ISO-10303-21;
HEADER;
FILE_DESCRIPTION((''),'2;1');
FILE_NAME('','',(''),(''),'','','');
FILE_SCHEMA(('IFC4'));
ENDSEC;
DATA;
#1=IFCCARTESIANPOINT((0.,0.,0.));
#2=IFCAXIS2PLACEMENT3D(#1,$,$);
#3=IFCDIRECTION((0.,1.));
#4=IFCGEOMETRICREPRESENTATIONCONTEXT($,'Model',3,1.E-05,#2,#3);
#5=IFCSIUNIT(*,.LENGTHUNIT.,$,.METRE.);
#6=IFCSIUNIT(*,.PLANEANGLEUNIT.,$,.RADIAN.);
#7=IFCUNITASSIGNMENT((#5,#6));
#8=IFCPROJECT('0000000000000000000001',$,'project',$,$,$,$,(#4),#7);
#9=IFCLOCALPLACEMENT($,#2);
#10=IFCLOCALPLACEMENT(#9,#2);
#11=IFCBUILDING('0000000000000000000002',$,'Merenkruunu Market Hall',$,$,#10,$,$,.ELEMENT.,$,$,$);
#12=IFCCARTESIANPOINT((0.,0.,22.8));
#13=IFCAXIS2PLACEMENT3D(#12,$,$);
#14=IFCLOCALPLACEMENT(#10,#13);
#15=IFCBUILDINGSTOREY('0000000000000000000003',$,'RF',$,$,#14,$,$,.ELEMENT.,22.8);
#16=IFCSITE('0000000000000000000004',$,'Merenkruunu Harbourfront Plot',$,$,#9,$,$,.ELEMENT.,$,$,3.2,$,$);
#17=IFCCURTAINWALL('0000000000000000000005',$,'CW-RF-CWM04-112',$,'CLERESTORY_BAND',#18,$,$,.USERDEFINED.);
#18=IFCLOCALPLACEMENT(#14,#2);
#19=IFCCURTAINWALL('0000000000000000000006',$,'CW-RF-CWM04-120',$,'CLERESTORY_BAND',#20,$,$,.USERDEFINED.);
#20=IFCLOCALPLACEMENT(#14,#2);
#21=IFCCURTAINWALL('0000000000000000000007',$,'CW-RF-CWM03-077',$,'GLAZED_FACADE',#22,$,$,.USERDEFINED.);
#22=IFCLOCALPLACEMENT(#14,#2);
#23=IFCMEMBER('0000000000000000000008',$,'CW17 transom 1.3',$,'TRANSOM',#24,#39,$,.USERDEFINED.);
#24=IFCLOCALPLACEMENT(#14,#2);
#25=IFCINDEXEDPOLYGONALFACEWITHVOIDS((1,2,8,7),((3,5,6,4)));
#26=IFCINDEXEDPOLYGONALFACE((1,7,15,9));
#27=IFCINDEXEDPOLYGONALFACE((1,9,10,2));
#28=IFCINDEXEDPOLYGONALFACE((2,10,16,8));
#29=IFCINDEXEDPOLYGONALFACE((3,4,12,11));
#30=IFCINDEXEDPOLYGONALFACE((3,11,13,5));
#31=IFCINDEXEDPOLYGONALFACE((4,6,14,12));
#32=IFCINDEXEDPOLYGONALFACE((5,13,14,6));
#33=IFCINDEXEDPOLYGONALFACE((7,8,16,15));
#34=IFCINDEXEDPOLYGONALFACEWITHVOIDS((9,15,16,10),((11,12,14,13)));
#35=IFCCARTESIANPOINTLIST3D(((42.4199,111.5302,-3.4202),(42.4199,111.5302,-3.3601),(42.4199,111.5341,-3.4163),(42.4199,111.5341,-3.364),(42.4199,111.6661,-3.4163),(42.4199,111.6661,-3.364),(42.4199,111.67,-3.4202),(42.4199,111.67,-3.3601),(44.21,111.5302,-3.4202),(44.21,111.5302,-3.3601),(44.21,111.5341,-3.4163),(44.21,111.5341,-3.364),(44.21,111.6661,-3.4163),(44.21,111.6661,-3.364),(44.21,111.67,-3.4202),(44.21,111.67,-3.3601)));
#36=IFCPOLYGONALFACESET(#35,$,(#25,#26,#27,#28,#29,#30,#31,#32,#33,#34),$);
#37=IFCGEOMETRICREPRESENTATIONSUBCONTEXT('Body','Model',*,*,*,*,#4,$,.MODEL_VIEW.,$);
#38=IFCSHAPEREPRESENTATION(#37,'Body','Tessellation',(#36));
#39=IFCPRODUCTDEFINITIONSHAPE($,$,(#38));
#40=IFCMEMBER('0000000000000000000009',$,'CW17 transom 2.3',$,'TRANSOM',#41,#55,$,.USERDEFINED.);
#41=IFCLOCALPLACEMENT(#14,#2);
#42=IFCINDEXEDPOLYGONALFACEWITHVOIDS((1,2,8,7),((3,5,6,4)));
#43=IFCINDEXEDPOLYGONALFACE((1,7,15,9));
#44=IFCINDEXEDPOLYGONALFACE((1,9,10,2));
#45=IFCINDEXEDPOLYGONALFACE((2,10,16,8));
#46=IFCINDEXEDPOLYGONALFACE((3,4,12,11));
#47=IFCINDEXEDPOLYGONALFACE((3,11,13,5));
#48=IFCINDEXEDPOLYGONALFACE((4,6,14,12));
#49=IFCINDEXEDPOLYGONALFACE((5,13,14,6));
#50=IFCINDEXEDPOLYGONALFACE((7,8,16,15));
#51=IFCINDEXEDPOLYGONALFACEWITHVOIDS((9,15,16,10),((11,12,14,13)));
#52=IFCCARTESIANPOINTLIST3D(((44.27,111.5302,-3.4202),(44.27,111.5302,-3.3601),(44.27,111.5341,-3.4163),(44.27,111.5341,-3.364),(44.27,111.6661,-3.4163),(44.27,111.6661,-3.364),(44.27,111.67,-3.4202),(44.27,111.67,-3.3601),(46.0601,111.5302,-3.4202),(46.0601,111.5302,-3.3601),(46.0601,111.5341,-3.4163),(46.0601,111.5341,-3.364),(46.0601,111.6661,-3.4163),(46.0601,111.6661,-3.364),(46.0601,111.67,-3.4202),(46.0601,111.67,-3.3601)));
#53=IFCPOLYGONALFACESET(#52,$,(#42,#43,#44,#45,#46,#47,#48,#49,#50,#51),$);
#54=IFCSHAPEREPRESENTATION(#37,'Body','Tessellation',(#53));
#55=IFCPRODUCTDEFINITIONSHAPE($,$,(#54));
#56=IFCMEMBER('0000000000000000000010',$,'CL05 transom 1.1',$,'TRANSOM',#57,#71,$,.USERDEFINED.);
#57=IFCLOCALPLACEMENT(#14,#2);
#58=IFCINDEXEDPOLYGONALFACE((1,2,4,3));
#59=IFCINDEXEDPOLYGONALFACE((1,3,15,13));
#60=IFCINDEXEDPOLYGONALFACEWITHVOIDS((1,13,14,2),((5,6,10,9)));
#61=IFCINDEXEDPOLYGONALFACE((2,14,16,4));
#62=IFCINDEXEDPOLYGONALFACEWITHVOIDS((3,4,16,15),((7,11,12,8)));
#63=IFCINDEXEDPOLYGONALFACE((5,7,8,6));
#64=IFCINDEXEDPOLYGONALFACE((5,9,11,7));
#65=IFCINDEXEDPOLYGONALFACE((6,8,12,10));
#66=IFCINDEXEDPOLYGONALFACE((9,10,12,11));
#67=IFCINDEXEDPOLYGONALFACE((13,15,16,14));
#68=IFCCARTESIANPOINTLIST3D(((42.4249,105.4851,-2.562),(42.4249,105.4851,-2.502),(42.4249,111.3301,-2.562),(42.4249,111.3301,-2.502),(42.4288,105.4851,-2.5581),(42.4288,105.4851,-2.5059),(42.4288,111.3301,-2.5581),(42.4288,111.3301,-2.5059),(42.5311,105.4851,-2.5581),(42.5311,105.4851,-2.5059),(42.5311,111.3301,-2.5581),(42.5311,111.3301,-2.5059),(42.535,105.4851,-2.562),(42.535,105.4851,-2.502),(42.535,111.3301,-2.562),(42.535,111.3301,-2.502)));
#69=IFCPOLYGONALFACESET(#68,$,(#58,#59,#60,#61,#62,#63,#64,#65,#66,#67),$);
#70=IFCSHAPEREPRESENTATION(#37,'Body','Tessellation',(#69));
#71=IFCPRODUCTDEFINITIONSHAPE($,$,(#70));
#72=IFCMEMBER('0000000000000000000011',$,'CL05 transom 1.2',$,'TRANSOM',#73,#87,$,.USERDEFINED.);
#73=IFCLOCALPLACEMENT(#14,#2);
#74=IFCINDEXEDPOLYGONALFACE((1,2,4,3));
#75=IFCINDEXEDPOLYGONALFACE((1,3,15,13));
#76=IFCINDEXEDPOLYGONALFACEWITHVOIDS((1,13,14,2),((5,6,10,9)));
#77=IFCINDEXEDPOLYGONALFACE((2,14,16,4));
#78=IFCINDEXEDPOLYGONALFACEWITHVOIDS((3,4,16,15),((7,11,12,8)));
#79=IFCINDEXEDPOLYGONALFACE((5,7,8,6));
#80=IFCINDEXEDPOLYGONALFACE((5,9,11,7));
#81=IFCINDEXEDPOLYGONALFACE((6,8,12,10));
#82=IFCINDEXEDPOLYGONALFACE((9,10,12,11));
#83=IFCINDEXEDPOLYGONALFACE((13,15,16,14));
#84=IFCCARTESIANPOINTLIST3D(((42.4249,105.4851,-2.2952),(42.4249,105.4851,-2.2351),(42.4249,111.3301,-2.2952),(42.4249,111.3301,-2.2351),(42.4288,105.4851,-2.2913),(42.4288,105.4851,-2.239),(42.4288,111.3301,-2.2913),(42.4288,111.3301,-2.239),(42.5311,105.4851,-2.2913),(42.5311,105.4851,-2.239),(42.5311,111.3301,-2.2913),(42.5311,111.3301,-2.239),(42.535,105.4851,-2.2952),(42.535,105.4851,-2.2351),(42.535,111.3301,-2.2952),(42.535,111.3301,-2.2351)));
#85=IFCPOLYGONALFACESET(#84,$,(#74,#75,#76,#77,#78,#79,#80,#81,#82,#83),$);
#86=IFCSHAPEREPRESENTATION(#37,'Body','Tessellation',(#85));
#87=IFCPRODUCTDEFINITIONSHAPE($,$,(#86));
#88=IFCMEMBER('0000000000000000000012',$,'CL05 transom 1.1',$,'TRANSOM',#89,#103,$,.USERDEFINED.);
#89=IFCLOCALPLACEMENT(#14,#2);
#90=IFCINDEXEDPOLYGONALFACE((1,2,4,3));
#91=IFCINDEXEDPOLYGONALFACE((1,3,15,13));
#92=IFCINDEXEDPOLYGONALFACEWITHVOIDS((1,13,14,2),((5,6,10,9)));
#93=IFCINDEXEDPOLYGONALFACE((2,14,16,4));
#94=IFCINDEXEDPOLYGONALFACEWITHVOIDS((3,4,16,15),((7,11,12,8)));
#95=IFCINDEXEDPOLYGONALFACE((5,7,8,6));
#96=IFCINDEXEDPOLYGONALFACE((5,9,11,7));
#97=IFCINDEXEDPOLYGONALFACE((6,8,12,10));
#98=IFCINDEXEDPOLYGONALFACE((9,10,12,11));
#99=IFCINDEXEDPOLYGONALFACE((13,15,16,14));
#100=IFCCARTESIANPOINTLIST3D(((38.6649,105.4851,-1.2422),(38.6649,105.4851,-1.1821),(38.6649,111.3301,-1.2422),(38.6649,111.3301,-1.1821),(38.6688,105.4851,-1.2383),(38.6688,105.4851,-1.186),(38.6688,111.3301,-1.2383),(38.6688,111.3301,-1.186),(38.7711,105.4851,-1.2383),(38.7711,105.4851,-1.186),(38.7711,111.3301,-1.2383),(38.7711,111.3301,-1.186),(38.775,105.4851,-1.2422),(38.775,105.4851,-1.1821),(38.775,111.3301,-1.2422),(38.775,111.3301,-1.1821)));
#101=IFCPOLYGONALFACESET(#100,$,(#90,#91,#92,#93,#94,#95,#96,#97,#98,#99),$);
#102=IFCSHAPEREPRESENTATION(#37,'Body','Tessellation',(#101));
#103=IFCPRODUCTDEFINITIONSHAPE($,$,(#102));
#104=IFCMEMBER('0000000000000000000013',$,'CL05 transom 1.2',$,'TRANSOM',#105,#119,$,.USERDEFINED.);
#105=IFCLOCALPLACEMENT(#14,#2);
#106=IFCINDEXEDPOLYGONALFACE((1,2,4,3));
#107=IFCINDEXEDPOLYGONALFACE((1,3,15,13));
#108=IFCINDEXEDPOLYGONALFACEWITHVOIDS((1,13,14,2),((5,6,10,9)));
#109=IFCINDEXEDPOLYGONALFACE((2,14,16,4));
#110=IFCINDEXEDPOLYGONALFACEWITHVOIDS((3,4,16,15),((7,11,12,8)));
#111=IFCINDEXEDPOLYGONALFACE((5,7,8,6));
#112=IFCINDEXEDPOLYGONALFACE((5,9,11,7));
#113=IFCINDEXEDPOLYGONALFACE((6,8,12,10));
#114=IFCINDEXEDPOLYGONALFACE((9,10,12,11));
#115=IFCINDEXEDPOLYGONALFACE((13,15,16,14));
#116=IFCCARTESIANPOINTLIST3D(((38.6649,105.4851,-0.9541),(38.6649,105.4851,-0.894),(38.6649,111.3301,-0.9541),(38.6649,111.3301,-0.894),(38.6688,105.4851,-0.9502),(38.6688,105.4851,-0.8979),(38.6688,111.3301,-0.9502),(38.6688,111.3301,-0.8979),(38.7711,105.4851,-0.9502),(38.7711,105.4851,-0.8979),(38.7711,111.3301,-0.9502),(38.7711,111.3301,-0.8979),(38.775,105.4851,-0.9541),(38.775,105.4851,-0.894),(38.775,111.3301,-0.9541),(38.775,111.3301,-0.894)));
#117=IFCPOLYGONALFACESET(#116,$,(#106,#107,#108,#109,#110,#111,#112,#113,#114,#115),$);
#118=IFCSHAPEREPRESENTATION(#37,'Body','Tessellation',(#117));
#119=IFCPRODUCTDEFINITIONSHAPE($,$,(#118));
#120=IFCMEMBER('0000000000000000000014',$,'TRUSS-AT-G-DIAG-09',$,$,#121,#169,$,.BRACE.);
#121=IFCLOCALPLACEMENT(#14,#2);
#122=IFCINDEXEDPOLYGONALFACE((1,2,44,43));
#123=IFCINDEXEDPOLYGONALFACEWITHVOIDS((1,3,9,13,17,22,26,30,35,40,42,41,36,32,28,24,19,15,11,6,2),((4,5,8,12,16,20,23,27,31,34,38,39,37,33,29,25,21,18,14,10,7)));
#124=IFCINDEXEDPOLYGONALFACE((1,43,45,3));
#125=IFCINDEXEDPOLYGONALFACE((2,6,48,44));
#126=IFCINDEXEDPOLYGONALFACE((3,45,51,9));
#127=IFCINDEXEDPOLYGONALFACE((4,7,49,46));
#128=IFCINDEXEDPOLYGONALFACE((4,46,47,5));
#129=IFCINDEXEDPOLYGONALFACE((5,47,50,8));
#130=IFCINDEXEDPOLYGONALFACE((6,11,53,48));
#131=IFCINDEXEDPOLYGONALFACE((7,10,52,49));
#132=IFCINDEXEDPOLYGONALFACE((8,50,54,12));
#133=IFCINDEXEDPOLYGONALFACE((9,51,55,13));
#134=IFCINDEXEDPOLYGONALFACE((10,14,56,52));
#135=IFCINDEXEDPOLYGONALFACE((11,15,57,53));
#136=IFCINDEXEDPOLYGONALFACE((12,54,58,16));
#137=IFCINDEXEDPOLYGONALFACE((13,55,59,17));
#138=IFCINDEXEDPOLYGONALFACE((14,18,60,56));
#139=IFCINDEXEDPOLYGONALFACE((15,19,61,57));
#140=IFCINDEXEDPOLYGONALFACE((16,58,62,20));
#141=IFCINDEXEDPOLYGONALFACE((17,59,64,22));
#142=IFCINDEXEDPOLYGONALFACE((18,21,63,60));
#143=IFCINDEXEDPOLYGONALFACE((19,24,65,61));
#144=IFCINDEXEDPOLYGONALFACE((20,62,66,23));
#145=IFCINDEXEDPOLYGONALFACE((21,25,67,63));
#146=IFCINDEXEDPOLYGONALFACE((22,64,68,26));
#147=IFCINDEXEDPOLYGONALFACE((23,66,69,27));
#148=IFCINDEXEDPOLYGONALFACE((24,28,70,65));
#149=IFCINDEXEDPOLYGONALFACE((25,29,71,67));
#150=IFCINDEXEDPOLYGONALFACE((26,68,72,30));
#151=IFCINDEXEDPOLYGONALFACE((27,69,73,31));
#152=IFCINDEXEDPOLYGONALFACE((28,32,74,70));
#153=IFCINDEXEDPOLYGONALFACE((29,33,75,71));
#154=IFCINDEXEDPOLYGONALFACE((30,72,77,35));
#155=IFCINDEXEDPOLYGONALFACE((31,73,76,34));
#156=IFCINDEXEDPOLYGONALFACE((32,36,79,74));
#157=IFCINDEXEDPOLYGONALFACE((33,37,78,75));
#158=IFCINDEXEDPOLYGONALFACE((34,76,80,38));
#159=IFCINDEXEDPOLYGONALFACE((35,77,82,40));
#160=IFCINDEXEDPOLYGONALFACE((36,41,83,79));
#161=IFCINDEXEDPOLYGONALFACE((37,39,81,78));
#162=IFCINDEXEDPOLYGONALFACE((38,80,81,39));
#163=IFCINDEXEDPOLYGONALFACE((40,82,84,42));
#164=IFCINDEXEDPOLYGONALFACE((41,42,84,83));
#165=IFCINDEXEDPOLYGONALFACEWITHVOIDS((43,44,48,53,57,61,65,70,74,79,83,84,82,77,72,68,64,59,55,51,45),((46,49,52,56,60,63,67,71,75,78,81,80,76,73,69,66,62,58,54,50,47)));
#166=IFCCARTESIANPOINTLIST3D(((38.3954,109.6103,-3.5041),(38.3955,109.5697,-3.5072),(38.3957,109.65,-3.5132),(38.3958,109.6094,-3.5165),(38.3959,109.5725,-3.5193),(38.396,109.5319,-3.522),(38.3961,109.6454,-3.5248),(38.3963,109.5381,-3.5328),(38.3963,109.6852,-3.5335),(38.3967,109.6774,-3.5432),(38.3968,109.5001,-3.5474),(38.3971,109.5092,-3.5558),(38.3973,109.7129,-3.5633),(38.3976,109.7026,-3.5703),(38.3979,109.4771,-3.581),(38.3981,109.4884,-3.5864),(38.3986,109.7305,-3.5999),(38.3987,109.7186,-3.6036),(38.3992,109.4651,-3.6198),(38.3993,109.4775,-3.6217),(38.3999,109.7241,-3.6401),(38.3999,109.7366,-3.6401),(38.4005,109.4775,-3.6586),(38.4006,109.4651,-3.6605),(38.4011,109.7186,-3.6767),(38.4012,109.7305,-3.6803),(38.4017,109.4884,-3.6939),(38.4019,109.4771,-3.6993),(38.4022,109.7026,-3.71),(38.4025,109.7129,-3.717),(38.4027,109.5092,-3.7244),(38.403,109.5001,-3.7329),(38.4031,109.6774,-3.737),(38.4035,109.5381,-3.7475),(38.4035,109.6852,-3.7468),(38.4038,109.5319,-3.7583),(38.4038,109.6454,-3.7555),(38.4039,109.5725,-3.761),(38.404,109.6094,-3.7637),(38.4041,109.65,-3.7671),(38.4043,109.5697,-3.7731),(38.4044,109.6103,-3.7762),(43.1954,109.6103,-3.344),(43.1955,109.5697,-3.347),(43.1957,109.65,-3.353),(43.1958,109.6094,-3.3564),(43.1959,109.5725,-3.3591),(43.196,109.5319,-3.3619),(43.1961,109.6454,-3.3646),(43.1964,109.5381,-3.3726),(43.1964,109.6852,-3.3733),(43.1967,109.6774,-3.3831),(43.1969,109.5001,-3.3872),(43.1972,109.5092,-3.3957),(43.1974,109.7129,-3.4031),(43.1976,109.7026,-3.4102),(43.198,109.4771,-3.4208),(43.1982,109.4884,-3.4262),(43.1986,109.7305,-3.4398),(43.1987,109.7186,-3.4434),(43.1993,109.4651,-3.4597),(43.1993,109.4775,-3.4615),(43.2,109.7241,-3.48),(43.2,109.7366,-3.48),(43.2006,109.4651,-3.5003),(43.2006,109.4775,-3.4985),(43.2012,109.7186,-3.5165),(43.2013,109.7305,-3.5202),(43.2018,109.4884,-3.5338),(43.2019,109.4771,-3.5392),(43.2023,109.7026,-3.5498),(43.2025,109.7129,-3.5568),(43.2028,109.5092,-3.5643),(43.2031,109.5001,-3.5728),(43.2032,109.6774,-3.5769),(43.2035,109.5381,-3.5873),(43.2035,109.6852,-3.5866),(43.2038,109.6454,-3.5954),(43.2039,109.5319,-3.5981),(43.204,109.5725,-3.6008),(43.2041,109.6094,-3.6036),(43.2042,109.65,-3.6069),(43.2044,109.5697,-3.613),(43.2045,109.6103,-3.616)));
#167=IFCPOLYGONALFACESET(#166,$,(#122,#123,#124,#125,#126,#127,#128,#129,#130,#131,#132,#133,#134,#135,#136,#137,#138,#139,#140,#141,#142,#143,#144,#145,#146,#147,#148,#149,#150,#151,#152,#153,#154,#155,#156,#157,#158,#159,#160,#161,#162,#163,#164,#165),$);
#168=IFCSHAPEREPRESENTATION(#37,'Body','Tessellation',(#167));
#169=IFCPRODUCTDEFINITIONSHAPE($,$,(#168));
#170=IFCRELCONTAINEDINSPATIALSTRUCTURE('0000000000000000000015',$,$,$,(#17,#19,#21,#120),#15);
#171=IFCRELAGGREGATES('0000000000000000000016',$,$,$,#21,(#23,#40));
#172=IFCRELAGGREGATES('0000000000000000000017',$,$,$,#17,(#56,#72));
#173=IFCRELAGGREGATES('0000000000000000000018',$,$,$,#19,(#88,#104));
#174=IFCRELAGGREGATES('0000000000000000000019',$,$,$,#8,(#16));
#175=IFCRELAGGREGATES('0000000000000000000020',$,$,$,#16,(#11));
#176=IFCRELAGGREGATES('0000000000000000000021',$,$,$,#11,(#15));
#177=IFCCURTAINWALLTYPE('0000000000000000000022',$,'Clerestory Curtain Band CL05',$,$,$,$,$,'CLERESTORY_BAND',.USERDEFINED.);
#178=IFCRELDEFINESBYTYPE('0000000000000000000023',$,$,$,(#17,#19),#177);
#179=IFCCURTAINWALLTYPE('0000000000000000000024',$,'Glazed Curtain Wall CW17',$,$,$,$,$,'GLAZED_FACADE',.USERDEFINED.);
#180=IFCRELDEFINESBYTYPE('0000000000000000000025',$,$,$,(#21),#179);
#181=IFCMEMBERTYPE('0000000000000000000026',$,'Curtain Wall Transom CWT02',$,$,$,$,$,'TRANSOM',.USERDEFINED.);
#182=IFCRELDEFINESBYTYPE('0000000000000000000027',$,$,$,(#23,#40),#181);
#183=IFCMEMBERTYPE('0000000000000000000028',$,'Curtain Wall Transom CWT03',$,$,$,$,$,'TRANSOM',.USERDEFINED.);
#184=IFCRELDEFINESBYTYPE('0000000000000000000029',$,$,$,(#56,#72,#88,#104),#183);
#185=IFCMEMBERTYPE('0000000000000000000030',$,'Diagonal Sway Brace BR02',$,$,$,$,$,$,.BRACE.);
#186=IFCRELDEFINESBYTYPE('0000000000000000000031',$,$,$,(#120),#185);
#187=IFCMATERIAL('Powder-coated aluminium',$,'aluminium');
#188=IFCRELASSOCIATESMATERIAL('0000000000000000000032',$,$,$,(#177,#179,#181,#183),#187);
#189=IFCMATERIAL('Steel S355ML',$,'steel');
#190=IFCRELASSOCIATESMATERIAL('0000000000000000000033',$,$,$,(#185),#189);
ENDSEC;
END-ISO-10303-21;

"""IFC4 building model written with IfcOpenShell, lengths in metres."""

from ifc_helpers import new_model, si_unit, direction, frame, origin, origin_2d, place, context, subcontext, project, spatial, hollow_rectangle, hollow_circle, extrude, material, material_profile, profile_set, type_object, element, aggregate, save


model = new_model("IFC4")

# Units and contexts
model_context = context("Model", 3, precision=1e-05, world=origin(), true_north=direction((0.0, 1.0)))
body_context = subcontext(model_context, "Body", "Model", "MODEL_VIEW")
ifc_project = project(units=[si_unit("LENGTHUNIT", "METRE"), si_unit("PLANEANGLEUNIT", "RADIAN")], contexts=[model_context])

# Site, building, storey
site_placement = place(None, origin())
site = spatial("IfcSite", under=ifc_project, at=site_placement, Name="Merenkruunu Harbourfront Plot", CompositionType="ELEMENT", RefElevation=3.2)
building_placement = place(site_placement, origin())
building = spatial("IfcBuilding", under=site, at=building_placement, Name="Merenkruunu Market Hall", CompositionType="ELEMENT")
storey_placement = place(building_placement, frame((0.0, 0.0, 22.8)))
storey = spatial("IfcBuildingStorey", under=building, at=storey_placement, Name="RF", CompositionType="ELEMENT", Elevation=22.8)

# Shared definitions
ifc_material_1 = material(Name="Steel S355ML", Category="steel")

# Curtain walls
ifc_material_2 = material(Name="Powder-coated aluminium", Category="aluminium")
curtain_wall_type_1 = type_object("IfcCurtainWallType", Name="Clerestory Curtain Band CL05", ElementType="CLERESTORY_BAND", PredefinedType="USERDEFINED", material=ifc_material_2)
curtain_wall_1_placement = place(storey_placement, origin())
curtain_wall_1 = element("IfcCurtainWall", 1, at=curtain_wall_1_placement, inside=storey, type_object=curtain_wall_type_1, Name="CW-RF-CWM04-112", ObjectType="CLERESTORY_BAND", PredefinedType="USERDEFINED")
curtain_wall_2_placement = place(storey_placement, origin())
curtain_wall_2 = element("IfcCurtainWall", 2, at=curtain_wall_2_placement, inside=storey, type_object=curtain_wall_type_1, Name="CW-RF-CWM04-120", ObjectType="CLERESTORY_BAND", PredefinedType="USERDEFINED")
ifc_material_profile_1 = material_profile(ifc_material_2, hollow_rectangle(XDim=0.0601, YDim=0.1399, WallThickness=0.0039, at=origin_2d()), Name="ALU 60x140x4")
ifc_profile_set_1 = profile_set([ifc_material_profile_1], Name="Powder-coated aluminium")
member_type_1 = type_object("IfcMemberType", Name="Curtain Wall Transom CWT02", ElementType="TRANSOM", PredefinedType="USERDEFINED", material=ifc_profile_set_1)

# Curtain wall, members
curtain_wall_type_2 = type_object("IfcCurtainWallType", Name="Glazed Curtain Wall CW17", ElementType="GLAZED_FACADE", PredefinedType="USERDEFINED", material=ifc_material_2)
curtain_wall_3_placement = place(storey_placement, origin())
curtain_wall_3 = element("IfcCurtainWall", 3, at=curtain_wall_3_placement, inside=storey, type_object=curtain_wall_type_2, Name="CW-RF-CWM03-077", ObjectType="GLAZED_FACADE", PredefinedType="USERDEFINED")
member_1_placement = place(storey_placement, frame((42.4199, 111.6001, -3.3901), z_axis=(1.0, 0.0, 0.0), x_axis=(0.0, 0.0, 1.0)))
member_1 = element("IfcMember", 4, at=member_1_placement, type_object=member_type_1, Name="CW17 transom 1.3", ObjectType="TRANSOM", PredefinedType="USERDEFINED", context=body_context, shape_type="SweptSolid", body=[
    extrude(hollow_rectangle(XDim=0.0601, YDim=0.1399, WallThickness=0.0039, at=origin_2d()), origin(), (0.0, 0.0, 1.0), 1.79),
])
member_2_placement = place(storey_placement, frame((44.27, 111.6001, -3.3901), z_axis=(1.0, 0.0, 0.0), x_axis=(0.0, 0.0, 1.0)))
member_2 = element("IfcMember", 5, at=member_2_placement, type_object=member_type_1, Name="CW17 transom 2.3", ObjectType="TRANSOM", PredefinedType="USERDEFINED", context=body_context, shape_type="SweptSolid", body=[
    extrude(hollow_rectangle(XDim=0.0601, YDim=0.1399, WallThickness=0.0039, at=origin_2d()), origin(), (0.0, 0.0, 1.0), 1.79),
])
aggregate(curtain_wall_3, [member_1, member_2])

# Members
ifc_material_profile_2 = material_profile(ifc_material_2, hollow_rectangle(XDim=0.0601, YDim=0.1101, WallThickness=0.0039, at=origin_2d()), Name="ALU 60x110x4")
ifc_profile_set_2 = profile_set([ifc_material_profile_2], Name="Powder-coated aluminium")
member_type_2 = type_object("IfcMemberType", Name="Curtain Wall Transom CWT03", ElementType="TRANSOM", PredefinedType="USERDEFINED", material=ifc_profile_set_2)
member_3_placement = place(storey_placement, frame((42.48, 111.3301, -2.532), z_axis=(0.0, -1.0, 0.0), x_axis=(0.0, 0.0, 1.0)))
member_3 = element("IfcMember", 6, at=member_3_placement, type_object=member_type_2, Name="CL05 transom 1.1", ObjectType="TRANSOM", PredefinedType="USERDEFINED", context=body_context, shape_type="SweptSolid", body=[
    extrude(hollow_rectangle(XDim=0.0601, YDim=0.1101, WallThickness=0.0039, at=origin_2d()), origin(), (0.0, 0.0, 1.0), 5.845),
])
member_4_placement = place(storey_placement, frame((42.48, 111.3301, -2.2651), z_axis=(0.0, -1.0, 0.0), x_axis=(0.0, 0.0, 1.0)))
member_4 = element("IfcMember", 7, at=member_4_placement, type_object=member_type_2, Name="CL05 transom 1.2", ObjectType="TRANSOM", PredefinedType="USERDEFINED", context=body_context, shape_type="SweptSolid", body=[
    extrude(hollow_rectangle(XDim=0.0601, YDim=0.1101, WallThickness=0.0039, at=origin_2d()), origin(), (0.0, 0.0, 1.0), 5.845),
])
member_5_placement = place(storey_placement, frame((38.72, 111.3301, -1.2122), z_axis=(0.0, -1.0, 0.0), x_axis=(0.0, 0.0, 1.0)))
member_5 = element("IfcMember", 8, at=member_5_placement, type_object=member_type_2, Name="CL05 transom 1.1", ObjectType="TRANSOM", PredefinedType="USERDEFINED", context=body_context, shape_type="SweptSolid", body=[
    extrude(hollow_rectangle(XDim=0.0601, YDim=0.1101, WallThickness=0.0039, at=origin_2d()), origin(), (0.0, 0.0, 1.0), 5.845),
])
member_6_placement = place(storey_placement, frame((38.72, 111.3301, -0.9241), z_axis=(0.0, -1.0, 0.0), x_axis=(0.0, 0.0, 1.0)))
member_6 = element("IfcMember", 9, at=member_6_placement, type_object=member_type_2, Name="CL05 transom 1.2", ObjectType="TRANSOM", PredefinedType="USERDEFINED", context=body_context, shape_type="SweptSolid", body=[
    extrude(hollow_rectangle(XDim=0.0601, YDim=0.1101, WallThickness=0.0039, at=origin_2d()), origin(), (0.0, 0.0, 1.0), 5.845),
])

# Member
ifc_material_profile_3 = material_profile(ifc_material_1, hollow_circle(Radius=0.1365, WallThickness=0.0125, at=origin_2d()), Name="CHS 273x12.5")
ifc_profile_set_3 = profile_set([ifc_material_profile_3], Name="Steel S355ML")
member_type_3 = type_object("IfcMemberType", Name="Diagonal Sway Brace BR02", PredefinedType="BRACE", material=ifc_profile_set_3)
member_7_placement = place(storey_placement, frame((38.3999, 109.6001, -3.6401), z_axis=(0.999444, 0.0, 0.033347), x_axis=(0.0, 1.0, 0.0)))
element("IfcMember", 10, at=member_7_placement, inside=storey, type_object=member_type_3, Name="TRUSS-AT-G-DIAG-09", PredefinedType="BRACE", context=body_context, shape_type="SweptSolid", body=[
    extrude(hollow_circle(Radius=0.1365, WallThickness=0.0125, at=origin_2d()), origin(), (0.0, 0.0, 1.0), 4.8027),
])

aggregate(curtain_wall_1, [member_3, member_4])
aggregate(curtain_wall_2, [member_5, member_6])

save(model, "model.ifc")
